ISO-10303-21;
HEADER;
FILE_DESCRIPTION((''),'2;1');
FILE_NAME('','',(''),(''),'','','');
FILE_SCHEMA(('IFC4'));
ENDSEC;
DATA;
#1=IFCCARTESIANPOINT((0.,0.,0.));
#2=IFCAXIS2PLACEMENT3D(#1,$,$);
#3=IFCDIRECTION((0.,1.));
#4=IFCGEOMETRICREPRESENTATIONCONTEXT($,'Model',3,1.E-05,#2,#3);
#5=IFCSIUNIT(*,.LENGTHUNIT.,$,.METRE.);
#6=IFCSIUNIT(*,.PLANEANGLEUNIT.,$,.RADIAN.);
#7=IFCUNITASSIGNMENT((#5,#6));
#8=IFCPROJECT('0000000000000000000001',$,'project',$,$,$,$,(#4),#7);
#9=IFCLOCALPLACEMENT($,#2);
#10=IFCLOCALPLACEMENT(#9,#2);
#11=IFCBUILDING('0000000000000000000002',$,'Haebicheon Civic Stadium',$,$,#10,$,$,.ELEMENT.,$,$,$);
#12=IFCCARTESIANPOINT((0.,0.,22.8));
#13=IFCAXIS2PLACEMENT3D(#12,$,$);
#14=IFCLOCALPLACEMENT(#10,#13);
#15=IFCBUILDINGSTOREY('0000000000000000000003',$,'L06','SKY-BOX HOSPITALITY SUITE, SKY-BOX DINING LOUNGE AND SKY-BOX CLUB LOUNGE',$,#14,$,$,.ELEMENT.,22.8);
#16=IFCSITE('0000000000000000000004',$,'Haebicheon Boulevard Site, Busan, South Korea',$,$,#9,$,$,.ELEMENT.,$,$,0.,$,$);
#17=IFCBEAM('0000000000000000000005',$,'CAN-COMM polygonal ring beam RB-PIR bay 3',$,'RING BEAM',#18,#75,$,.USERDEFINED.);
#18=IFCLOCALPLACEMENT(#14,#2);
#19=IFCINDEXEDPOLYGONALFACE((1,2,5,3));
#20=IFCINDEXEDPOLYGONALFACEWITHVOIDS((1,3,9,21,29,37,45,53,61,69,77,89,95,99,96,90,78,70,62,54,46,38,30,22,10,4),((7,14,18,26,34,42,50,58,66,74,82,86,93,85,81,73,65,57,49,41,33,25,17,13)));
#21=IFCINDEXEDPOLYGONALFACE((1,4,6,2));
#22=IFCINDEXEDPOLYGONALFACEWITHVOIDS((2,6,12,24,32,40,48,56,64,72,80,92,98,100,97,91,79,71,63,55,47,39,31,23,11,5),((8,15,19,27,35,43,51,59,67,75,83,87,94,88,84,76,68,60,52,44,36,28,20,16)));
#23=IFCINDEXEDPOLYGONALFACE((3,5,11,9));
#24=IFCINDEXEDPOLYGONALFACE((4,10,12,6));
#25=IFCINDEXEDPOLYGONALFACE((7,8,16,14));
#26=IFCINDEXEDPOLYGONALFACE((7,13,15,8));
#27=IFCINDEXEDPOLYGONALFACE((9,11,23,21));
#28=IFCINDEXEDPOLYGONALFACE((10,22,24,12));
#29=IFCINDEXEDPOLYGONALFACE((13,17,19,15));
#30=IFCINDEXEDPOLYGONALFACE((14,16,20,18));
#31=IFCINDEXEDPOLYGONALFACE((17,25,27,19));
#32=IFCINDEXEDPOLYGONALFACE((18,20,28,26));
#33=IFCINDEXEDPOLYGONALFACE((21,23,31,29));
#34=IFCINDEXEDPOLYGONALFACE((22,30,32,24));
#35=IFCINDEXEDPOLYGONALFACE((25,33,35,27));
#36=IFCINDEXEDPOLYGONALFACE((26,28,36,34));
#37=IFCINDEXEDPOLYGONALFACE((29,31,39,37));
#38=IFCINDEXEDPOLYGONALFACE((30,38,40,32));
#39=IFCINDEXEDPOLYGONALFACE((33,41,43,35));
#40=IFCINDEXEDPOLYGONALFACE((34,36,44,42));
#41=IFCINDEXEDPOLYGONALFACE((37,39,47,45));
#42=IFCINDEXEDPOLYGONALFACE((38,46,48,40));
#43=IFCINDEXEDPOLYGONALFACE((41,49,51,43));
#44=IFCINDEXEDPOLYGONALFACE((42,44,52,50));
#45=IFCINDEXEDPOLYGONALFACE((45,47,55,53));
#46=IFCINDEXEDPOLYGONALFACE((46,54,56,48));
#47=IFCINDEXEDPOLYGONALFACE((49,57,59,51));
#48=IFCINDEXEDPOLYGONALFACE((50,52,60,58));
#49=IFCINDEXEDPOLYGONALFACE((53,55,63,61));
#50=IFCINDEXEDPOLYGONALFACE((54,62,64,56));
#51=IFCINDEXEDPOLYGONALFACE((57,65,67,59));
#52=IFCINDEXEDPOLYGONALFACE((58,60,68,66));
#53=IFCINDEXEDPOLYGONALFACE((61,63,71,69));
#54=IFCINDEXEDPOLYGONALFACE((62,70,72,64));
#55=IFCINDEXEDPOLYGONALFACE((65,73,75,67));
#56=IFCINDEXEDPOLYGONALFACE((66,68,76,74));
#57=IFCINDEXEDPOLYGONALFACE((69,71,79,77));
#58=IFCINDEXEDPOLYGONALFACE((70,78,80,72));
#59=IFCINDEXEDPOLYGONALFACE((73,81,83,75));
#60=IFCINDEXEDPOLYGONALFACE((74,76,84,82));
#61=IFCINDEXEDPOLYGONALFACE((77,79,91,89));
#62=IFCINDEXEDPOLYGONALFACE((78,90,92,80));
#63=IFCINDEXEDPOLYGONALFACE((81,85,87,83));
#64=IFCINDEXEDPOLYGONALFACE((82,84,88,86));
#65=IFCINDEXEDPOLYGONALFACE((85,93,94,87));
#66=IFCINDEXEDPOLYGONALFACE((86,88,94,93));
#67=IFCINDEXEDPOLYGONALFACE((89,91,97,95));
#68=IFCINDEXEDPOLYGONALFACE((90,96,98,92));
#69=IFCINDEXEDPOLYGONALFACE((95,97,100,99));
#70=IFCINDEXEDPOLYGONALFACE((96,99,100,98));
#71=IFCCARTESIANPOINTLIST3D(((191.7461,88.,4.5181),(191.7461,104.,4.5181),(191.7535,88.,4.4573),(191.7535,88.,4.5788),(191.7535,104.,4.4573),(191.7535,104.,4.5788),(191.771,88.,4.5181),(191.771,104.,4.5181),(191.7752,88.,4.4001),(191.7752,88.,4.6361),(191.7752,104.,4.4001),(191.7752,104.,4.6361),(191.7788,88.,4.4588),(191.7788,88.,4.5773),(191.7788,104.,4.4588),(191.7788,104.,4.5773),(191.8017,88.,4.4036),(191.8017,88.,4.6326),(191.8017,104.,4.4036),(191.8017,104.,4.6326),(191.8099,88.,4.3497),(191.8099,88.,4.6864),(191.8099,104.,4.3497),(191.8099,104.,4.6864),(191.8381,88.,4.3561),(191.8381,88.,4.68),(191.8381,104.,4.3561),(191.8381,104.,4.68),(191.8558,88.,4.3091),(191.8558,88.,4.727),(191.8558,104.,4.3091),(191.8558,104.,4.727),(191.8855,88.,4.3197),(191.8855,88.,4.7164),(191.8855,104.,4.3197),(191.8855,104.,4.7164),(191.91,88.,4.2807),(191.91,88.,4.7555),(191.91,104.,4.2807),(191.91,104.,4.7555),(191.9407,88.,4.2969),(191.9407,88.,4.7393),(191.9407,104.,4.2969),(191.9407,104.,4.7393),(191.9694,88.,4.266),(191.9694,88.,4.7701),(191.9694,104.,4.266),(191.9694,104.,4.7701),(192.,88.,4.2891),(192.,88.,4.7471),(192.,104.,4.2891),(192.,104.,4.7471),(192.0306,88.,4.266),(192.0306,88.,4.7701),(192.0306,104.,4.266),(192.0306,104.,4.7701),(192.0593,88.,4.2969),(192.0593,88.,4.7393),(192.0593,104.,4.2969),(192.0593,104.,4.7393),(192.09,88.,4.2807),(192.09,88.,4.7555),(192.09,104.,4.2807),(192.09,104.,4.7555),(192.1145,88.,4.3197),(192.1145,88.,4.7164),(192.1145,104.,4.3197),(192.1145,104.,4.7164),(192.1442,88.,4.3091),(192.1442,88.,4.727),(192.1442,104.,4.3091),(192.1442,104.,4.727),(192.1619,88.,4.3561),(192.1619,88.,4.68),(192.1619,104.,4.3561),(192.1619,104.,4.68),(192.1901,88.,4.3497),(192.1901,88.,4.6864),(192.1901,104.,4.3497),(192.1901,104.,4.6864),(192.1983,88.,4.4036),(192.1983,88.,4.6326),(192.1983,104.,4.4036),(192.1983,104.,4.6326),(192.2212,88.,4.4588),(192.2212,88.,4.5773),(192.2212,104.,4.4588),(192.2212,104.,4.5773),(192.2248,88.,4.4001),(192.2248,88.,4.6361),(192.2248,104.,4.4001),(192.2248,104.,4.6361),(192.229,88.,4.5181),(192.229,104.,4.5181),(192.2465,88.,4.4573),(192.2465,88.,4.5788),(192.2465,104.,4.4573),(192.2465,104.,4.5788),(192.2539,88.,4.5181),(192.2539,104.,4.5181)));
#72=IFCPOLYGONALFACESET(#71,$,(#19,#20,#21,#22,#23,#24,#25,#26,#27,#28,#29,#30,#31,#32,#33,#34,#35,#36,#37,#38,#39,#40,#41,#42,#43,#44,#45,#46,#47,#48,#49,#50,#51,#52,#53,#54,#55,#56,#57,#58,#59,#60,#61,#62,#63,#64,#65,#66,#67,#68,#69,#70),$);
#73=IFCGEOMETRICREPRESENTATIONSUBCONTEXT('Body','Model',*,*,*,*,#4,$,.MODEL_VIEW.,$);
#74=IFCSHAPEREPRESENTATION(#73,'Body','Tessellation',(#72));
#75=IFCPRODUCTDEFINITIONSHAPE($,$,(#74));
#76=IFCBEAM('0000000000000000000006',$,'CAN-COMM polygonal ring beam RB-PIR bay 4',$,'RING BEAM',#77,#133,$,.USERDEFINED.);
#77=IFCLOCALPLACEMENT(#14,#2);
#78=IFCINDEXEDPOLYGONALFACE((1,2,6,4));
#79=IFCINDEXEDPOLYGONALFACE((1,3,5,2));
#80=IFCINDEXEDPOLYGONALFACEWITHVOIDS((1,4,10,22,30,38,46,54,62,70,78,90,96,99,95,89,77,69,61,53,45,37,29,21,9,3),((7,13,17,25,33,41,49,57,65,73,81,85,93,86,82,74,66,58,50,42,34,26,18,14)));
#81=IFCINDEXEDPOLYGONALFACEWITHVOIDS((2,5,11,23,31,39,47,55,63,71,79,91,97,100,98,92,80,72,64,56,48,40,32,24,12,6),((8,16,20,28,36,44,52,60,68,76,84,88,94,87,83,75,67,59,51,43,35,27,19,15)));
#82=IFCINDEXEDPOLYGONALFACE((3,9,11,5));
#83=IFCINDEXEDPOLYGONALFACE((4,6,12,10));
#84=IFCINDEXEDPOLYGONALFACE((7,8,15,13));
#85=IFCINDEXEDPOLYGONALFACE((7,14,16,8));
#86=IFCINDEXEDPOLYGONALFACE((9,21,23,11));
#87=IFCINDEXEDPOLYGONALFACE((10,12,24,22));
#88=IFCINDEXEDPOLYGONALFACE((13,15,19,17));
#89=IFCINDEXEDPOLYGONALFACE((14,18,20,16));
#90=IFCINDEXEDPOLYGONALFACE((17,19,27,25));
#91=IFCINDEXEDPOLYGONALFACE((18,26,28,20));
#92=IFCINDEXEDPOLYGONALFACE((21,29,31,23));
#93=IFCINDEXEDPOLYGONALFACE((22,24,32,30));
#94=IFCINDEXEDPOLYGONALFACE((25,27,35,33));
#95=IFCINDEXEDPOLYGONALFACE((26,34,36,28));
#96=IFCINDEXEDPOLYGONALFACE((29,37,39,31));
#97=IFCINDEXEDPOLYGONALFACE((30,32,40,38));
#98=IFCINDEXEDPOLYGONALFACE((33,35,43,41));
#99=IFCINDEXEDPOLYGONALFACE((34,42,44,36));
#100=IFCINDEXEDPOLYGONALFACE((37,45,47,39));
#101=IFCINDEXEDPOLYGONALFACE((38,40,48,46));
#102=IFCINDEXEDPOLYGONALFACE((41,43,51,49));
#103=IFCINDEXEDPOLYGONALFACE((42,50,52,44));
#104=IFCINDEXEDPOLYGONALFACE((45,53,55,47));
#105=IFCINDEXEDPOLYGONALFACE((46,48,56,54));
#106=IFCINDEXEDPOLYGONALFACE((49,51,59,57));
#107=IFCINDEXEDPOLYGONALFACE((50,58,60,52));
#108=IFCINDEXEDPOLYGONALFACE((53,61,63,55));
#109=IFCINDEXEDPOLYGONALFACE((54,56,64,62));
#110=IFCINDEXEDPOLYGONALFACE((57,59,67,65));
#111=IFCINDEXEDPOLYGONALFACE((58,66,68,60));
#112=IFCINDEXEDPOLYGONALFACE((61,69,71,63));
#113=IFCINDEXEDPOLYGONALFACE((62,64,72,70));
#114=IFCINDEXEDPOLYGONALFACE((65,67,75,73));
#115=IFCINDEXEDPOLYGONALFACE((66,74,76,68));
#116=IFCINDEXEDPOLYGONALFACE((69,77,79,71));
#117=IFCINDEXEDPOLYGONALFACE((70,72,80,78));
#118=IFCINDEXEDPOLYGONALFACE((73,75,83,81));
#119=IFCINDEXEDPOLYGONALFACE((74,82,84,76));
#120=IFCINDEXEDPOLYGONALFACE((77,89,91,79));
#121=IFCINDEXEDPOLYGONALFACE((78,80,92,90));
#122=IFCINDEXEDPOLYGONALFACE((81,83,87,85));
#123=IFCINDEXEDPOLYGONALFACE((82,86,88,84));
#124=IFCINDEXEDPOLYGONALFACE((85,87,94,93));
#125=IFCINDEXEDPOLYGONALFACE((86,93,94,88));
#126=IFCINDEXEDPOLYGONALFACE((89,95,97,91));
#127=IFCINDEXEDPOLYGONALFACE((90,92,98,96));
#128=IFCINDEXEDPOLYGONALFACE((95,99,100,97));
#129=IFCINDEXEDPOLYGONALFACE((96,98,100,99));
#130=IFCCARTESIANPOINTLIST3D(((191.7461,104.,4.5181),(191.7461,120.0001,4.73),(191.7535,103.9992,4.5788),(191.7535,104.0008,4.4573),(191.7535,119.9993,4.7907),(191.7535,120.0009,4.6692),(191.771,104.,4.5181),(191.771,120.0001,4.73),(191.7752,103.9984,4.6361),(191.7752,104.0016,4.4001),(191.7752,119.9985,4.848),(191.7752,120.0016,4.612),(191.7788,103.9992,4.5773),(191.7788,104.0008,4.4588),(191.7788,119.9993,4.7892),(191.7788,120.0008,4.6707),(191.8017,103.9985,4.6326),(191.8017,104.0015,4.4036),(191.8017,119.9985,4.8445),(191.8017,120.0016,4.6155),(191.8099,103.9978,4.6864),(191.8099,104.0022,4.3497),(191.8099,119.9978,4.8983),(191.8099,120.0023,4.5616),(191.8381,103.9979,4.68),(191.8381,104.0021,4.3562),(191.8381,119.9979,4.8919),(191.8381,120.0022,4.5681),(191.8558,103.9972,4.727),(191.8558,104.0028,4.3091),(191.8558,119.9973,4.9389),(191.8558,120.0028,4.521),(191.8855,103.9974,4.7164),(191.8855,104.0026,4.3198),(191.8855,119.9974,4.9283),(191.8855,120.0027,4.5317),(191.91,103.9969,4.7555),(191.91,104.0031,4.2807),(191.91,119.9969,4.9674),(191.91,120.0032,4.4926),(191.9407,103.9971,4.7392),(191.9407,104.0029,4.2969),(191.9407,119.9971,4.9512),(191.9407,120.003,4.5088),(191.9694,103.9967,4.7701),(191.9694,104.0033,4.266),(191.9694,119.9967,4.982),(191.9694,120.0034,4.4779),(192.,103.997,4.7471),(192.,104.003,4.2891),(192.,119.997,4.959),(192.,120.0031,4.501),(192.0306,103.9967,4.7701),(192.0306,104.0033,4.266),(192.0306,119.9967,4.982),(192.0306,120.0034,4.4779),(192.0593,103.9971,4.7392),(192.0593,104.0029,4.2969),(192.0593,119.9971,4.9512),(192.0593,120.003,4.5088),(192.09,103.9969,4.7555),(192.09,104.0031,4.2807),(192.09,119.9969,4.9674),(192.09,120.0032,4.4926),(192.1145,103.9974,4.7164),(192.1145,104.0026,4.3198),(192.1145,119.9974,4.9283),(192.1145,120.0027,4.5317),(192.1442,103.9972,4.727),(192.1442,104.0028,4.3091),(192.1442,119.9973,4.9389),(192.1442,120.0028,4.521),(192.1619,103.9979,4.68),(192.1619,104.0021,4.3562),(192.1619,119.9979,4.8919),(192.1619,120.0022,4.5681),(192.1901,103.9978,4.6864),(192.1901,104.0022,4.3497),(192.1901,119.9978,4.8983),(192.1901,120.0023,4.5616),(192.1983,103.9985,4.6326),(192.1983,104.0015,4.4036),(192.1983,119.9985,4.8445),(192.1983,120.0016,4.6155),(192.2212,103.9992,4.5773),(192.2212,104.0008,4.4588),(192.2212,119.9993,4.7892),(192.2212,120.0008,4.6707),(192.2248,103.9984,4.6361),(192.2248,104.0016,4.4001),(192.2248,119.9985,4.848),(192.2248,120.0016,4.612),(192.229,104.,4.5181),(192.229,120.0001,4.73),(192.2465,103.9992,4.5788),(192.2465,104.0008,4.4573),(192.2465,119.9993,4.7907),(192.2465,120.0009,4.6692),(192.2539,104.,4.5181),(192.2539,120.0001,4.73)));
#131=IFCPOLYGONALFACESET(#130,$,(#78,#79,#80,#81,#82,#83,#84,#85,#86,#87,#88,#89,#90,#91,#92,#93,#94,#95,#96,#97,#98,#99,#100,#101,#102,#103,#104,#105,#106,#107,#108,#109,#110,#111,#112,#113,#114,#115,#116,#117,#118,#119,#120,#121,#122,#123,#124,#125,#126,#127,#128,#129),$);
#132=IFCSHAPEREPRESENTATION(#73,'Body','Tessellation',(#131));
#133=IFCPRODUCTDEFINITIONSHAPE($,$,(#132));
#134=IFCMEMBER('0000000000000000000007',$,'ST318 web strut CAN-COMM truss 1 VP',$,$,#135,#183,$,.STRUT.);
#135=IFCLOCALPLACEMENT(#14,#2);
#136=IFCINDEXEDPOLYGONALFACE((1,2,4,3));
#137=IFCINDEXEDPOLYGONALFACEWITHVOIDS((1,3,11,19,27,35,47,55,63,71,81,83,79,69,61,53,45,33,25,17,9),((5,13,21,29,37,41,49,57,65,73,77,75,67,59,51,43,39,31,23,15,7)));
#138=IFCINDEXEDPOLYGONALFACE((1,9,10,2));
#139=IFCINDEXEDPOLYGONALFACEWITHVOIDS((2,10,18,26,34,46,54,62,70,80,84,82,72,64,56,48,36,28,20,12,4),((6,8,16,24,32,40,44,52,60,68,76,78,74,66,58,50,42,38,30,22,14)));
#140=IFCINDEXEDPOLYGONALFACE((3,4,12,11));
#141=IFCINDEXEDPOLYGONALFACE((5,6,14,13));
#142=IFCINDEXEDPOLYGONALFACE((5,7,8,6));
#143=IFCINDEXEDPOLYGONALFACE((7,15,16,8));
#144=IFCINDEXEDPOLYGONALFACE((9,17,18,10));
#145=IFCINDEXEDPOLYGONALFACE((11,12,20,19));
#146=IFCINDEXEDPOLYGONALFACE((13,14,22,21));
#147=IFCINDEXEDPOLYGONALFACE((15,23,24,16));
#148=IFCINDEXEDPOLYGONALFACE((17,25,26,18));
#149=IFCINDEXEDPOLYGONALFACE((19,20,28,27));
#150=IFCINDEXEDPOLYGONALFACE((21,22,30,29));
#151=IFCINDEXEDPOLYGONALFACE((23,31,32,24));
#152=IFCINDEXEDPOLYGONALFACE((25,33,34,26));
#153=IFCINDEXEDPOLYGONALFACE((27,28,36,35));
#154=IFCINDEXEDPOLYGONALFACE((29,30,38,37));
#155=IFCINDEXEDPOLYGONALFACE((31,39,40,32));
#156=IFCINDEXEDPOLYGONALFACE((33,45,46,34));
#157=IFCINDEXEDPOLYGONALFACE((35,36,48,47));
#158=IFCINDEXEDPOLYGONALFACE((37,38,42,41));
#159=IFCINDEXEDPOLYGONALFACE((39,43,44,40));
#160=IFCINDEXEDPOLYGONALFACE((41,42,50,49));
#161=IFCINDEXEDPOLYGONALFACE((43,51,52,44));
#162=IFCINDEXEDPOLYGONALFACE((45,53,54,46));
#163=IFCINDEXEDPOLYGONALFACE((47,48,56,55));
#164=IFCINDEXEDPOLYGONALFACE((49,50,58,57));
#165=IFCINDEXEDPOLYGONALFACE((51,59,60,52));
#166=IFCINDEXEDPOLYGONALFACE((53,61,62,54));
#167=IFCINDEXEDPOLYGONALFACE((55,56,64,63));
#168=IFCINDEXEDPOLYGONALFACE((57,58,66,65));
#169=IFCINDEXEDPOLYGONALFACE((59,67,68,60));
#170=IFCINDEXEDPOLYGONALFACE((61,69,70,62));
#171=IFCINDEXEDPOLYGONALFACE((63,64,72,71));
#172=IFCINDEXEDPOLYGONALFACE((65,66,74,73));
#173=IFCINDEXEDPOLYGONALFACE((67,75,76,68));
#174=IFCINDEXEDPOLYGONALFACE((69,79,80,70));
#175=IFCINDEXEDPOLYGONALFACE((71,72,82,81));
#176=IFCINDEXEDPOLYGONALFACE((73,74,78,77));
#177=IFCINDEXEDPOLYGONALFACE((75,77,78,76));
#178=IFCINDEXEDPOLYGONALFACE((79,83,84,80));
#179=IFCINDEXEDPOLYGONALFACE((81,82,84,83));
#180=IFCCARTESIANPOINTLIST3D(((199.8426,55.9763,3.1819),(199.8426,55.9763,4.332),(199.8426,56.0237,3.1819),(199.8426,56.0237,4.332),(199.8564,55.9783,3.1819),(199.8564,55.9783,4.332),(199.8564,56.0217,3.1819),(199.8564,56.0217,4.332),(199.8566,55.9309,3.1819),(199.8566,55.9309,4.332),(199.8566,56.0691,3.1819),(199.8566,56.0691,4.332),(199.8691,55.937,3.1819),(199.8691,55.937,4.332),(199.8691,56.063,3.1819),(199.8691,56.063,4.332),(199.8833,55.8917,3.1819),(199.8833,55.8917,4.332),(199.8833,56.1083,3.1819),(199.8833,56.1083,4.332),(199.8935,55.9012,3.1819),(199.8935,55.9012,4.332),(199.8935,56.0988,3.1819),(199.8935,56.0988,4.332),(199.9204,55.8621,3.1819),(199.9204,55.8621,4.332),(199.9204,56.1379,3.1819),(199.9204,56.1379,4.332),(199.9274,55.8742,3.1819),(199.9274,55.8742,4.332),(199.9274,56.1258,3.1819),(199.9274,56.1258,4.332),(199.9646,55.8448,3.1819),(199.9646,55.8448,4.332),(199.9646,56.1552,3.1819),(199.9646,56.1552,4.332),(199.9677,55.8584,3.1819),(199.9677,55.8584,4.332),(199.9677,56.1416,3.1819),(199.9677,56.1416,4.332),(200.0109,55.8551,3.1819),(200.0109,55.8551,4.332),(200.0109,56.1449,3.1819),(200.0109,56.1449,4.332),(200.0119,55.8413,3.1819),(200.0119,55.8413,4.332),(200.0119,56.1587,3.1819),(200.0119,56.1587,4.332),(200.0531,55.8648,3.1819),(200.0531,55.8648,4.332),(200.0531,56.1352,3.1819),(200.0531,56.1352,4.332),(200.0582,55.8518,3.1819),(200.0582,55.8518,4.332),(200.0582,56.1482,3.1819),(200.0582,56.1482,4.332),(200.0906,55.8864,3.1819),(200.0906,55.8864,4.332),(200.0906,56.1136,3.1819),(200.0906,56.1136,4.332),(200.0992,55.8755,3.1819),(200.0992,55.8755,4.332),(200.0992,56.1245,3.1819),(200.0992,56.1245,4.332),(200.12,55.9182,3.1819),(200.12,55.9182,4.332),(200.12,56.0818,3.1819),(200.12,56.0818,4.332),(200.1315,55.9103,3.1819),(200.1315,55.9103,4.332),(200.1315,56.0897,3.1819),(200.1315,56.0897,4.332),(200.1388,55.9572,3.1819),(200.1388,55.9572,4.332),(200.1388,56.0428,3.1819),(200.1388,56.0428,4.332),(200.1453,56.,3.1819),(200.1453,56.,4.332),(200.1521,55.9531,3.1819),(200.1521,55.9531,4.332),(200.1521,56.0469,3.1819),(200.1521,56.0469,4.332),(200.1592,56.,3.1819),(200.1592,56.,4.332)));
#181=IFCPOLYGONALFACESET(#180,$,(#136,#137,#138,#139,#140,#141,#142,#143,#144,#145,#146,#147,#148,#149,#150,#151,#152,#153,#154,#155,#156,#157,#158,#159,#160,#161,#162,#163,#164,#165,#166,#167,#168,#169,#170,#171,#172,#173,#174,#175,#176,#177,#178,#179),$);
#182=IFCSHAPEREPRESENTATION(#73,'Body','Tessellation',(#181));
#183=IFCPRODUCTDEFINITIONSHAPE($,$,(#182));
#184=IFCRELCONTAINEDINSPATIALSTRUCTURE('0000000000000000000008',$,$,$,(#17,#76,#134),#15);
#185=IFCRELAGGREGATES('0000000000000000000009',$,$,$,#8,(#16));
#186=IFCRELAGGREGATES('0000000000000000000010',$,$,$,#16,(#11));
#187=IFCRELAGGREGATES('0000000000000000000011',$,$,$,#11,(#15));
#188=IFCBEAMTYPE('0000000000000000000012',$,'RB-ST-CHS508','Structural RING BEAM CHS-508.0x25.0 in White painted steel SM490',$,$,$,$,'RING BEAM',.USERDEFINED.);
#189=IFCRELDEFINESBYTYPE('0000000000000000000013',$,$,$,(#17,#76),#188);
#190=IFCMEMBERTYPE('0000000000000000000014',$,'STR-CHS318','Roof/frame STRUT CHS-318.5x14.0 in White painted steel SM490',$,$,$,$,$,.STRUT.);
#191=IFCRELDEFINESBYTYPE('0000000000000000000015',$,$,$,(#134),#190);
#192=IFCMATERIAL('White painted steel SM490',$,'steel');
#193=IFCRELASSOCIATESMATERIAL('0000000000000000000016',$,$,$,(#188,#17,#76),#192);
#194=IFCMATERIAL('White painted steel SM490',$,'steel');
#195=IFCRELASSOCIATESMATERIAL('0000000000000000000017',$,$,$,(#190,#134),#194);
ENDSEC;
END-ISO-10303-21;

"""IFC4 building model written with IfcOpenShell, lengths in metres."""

from ifc_helpers import new_model, si_unit, direction, frame, origin, origin_2d, place, context, subcontext, project, spatial, hollow_circle, extrude, material, material_profile, profile_set, type_object, element, save


model = new_model("IFC4")

# Units and contexts
model_context = context("Model", 3, precision=1e-05, world=origin(), true_north=direction((0.0, 1.0)))
body_context = subcontext(model_context, "Body", "Model", "MODEL_VIEW")
ifc_project = project(units=[si_unit("LENGTHUNIT", "METRE"), si_unit("PLANEANGLEUNIT", "RADIAN")], contexts=[model_context])

# Site, building, storey
site_placement = place(None, origin())
site = spatial("IfcSite", under=ifc_project, at=site_placement, Name="Haebicheon Boulevard Site, Busan, South Korea", CompositionType="ELEMENT", RefElevation=0.0)
building_placement = place(site_placement, origin())
building = spatial("IfcBuilding", under=site, at=building_placement, Name="Haebicheon Civic Stadium", CompositionType="ELEMENT")
storey_placement = place(building_placement, frame((0.0, 0.0, 22.8)))
storey = spatial("IfcBuildingStorey", under=building, at=storey_placement, Name="L06", Description="SKY-BOX HOSPITALITY SUITE, SKY-BOX DINING LOUNGE AND SKY-BOX CLUB LOUNGE", CompositionType="ELEMENT", Elevation=22.8)

# Beams
ifc_material_1 = material(Name="White painted steel SM490", Category="steel")
ifc_material_profile_1 = material_profile(ifc_material_1, hollow_circle(Radius=0.2539, WallThickness=0.0249, at=origin_2d()), Name="CHS-508.0x25.0")
ifc_profile_set_1 = profile_set([ifc_material_profile_1], Name="White painted steel SM490")
beam_type = type_object("IfcBeamType", Name="RB-ST-CHS508", Description="Structural RING BEAM CHS-508.0x25.0 in White painted steel SM490", ElementType="RING BEAM", PredefinedType="USERDEFINED", material=ifc_profile_set_1)
beam_1_placement = place(storey_placement, frame((192.0, 88.0, 4.5181), z_axis=(0.0, 1.0, 0.0), x_axis=(-1.0, 0.0, 0.0)))
element("IfcBeam", 1, at=beam_1_placement, inside=storey, type_object=beam_type, material=ifc_profile_set_1, Name="CAN-COMM polygonal ring beam RB-PIR bay 3", ObjectType="RING BEAM", PredefinedType="USERDEFINED", context=body_context, shape_type="SweptSolid", body=[
    extrude(hollow_circle(Radius=0.2539, WallThickness=0.0249, at=origin_2d()), origin(), (0.0, 0.0, 1.0), 16.0),
])
beam_2_placement = place(storey_placement, frame((192.0, 104.0, 4.5181), z_axis=(0.0, 0.999912, 0.013243), x_axis=(-1.0, 0.0, 0.0)))
element("IfcBeam", 2, at=beam_2_placement, inside=storey, type_object=beam_type, material=ifc_profile_set_1, Name="CAN-COMM polygonal ring beam RB-PIR bay 4", ObjectType="RING BEAM", PredefinedType="USERDEFINED", context=body_context, shape_type="SweptSolid", body=[
    extrude(hollow_circle(Radius=0.2539, WallThickness=0.0249, at=origin_2d()), origin(), (0.0, 0.0, 1.0), 16.0015),
])

# Member
ifc_material_2 = material(Name="White painted steel SM490", Category="steel")
ifc_material_profile_2 = material_profile(ifc_material_2, hollow_circle(Radius=0.1592, WallThickness=0.0139, at=origin_2d()), Name="CHS-318.5x14.0")
ifc_profile_set_2 = profile_set([ifc_material_profile_2], Name="White painted steel SM490")
member_type_1 = type_object("IfcMemberType", Name="STR-CHS318", Description="Roof/frame STRUT CHS-318.5x14.0 in White painted steel SM490", PredefinedType="STRUT", material=ifc_profile_set_2)
for number, where, z_axis, x_axis, name in (
    (3, (200.0, 56.0, 3.1819), (0.0, 0.0, 1.0), (1.0, 0.0, 0.0), "ST318 web strut CAN-COMM truss 1 VP"),
):
    element("IfcMember", number, at=place(storey_placement, frame(where, z_axis=z_axis, x_axis=x_axis)), inside=storey, type_object=member_type_1, material=ifc_profile_set_2, Name=name, PredefinedType="STRUT", context=body_context, shape_type="SweptSolid", body=[
        extrude(hollow_circle(Radius=0.1592, WallThickness=0.0139, at=origin_2d()), origin(), (0.0, 0.0, 1.0), 1.1501),
    ])

save(model, "model.ifc")
